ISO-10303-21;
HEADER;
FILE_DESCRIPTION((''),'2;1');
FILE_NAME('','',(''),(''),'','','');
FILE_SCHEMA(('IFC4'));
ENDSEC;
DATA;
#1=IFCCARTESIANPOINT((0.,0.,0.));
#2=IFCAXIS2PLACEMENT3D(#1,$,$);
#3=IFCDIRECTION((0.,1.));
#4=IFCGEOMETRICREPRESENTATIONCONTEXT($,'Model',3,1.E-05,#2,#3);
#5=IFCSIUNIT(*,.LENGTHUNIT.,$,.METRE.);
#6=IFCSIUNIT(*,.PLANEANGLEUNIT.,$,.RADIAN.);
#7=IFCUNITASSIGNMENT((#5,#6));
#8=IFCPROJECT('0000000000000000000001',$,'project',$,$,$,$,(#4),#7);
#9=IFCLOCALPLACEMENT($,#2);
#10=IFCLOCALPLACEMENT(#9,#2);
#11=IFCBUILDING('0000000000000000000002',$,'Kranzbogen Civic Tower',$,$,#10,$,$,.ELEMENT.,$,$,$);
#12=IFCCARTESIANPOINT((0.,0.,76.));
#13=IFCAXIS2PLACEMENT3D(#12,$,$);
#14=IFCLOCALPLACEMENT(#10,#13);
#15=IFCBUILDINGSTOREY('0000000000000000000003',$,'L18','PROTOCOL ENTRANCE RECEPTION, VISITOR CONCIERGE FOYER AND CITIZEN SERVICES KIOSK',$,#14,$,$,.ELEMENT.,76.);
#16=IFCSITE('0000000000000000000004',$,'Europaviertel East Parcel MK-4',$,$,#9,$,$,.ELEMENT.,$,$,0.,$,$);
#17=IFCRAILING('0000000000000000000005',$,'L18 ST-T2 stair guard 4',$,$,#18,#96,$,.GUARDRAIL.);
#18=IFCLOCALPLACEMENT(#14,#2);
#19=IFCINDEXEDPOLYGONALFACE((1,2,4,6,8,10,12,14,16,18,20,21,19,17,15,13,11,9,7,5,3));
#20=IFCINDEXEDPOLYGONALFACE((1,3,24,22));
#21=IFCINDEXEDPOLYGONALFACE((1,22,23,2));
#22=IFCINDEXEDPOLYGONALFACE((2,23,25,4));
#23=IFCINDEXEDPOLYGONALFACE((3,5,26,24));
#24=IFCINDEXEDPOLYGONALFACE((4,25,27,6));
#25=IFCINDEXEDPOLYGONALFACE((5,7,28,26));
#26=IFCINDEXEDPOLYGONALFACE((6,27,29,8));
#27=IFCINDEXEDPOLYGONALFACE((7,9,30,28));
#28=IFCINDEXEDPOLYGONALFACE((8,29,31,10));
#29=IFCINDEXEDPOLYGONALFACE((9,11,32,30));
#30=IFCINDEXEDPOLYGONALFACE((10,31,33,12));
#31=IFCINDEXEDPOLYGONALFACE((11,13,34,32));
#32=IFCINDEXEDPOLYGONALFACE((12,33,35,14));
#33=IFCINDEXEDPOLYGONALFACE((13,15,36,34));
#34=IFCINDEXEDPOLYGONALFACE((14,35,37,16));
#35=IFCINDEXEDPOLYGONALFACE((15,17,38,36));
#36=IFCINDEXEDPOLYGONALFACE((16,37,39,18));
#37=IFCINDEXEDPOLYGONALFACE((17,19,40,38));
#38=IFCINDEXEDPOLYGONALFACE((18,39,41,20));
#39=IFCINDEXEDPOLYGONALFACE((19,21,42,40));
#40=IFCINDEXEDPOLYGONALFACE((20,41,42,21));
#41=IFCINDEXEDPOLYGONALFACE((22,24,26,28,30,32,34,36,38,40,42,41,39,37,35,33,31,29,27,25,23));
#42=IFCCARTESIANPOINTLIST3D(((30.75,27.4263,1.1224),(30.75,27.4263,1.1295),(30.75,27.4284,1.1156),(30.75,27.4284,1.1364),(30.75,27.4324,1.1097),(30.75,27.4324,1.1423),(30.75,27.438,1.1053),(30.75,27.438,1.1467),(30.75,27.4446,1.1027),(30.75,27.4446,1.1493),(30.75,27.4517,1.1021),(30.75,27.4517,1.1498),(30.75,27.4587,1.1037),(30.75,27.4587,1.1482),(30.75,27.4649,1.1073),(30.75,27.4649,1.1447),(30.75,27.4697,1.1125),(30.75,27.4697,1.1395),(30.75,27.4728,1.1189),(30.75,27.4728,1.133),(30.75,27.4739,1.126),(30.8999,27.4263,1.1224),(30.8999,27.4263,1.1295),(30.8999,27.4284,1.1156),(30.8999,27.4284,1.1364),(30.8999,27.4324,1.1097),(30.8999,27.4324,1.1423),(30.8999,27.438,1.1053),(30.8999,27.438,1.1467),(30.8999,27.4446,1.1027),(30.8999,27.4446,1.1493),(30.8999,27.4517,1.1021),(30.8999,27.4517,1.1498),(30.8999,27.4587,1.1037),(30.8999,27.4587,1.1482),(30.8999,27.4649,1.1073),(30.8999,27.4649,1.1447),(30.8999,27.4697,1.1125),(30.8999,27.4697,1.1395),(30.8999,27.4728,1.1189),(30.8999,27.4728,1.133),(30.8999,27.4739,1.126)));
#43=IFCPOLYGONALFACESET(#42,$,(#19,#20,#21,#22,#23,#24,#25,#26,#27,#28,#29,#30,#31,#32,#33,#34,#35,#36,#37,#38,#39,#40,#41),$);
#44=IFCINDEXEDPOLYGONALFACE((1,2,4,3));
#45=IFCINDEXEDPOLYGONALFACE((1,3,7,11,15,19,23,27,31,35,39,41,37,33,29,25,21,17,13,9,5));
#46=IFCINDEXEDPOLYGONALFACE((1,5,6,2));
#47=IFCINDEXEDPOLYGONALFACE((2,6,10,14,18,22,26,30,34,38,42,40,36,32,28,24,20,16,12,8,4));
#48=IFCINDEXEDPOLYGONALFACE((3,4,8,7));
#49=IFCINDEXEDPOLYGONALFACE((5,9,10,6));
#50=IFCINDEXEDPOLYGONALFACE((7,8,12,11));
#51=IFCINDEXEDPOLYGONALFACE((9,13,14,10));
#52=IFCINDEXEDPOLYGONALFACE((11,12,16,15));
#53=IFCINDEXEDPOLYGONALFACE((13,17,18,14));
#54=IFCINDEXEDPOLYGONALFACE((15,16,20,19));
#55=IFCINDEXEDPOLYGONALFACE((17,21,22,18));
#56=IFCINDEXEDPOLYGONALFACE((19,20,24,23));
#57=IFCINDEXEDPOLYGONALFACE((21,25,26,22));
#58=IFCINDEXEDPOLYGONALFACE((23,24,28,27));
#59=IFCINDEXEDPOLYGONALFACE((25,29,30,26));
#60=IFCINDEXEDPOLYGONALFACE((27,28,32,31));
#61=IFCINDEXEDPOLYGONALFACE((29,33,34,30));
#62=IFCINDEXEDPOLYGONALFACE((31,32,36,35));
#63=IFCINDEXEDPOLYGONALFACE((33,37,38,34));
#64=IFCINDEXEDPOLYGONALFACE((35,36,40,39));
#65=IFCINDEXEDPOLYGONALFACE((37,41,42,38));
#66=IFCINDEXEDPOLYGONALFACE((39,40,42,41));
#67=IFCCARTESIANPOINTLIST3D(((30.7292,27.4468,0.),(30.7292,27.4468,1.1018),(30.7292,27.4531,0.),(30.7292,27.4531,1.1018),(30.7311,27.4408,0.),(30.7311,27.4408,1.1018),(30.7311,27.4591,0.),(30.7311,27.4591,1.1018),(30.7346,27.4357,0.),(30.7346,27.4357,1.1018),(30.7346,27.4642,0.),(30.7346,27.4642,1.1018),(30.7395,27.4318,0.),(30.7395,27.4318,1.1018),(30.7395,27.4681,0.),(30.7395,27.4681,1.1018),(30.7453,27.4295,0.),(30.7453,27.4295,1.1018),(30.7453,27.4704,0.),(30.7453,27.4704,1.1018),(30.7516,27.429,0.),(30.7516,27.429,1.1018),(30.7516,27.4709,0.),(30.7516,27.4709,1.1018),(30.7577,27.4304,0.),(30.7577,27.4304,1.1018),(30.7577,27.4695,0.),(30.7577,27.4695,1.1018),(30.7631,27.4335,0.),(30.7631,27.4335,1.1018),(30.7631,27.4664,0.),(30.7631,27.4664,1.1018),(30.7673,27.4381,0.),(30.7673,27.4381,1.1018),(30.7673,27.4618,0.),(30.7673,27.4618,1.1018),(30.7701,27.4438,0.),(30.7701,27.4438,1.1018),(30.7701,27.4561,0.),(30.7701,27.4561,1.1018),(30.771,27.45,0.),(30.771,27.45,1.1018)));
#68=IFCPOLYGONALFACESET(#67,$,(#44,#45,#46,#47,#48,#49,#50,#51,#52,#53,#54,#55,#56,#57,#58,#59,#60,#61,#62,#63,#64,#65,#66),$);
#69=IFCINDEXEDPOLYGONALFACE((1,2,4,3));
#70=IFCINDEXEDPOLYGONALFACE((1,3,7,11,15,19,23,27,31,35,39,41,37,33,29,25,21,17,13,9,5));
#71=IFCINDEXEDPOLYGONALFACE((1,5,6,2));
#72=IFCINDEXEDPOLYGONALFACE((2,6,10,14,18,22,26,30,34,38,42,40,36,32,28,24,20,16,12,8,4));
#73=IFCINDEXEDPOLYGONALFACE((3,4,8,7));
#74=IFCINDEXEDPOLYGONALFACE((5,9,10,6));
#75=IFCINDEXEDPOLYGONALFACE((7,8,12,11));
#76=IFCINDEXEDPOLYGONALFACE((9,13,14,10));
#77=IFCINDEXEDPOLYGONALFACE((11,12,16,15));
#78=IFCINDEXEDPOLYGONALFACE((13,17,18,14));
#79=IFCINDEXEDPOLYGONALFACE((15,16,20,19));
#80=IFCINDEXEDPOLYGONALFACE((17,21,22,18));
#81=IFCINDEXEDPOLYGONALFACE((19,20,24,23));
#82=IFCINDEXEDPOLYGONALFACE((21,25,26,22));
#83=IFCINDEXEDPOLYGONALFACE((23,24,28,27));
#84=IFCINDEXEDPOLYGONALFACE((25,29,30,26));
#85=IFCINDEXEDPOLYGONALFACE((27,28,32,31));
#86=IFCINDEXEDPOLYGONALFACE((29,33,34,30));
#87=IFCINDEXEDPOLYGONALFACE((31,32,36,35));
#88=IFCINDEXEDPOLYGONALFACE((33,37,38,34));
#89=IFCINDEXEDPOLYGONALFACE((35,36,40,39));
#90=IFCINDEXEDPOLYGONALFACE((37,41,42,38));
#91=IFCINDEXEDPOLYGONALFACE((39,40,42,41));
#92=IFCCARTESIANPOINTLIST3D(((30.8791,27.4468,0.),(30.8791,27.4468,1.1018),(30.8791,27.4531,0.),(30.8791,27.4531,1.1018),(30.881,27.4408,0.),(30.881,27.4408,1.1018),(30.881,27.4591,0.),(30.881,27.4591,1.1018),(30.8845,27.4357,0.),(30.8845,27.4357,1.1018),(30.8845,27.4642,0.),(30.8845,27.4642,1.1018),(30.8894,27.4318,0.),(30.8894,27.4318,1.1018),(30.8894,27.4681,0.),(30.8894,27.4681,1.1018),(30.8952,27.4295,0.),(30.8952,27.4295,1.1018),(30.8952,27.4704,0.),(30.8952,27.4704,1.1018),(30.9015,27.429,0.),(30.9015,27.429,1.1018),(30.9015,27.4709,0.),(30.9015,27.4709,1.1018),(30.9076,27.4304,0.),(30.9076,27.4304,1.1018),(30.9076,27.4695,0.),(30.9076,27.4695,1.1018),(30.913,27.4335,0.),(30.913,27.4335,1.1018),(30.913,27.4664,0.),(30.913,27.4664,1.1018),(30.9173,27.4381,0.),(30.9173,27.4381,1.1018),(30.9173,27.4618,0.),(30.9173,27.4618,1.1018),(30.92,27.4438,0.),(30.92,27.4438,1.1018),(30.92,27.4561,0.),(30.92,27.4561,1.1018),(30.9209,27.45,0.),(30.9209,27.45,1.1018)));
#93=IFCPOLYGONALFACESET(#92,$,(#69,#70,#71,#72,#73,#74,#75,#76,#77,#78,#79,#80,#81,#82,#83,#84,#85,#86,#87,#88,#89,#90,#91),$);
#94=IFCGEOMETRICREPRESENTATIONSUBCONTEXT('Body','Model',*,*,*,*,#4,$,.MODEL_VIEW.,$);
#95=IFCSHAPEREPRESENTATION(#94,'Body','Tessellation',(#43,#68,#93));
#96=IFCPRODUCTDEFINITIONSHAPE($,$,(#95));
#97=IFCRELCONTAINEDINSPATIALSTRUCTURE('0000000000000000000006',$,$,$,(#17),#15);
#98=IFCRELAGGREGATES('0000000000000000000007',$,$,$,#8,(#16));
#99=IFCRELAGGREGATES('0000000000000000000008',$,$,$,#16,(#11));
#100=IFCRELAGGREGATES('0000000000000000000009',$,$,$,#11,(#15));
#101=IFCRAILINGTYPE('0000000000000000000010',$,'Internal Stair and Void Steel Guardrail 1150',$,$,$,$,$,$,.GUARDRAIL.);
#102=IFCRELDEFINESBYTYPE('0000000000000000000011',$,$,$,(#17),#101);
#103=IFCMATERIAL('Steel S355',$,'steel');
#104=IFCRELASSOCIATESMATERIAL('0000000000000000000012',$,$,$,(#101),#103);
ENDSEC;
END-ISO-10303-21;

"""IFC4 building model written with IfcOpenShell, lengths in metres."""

from ifc_helpers import new_model, si_unit, direction, frame, origin, origin_2d, place, context, subcontext, project, spatial, circle, extrude, material, type_object, element, save


model = new_model("IFC4")

# Units and contexts
model_context = context("Model", 3, precision=1e-05, world=origin(), true_north=direction((0.0, 1.0)))
body_context = subcontext(model_context, "Body", "Model", "MODEL_VIEW")
ifc_project = project(units=[si_unit("LENGTHUNIT", "METRE"), si_unit("PLANEANGLEUNIT", "RADIAN")], contexts=[model_context])

# Site, building, storey
site_placement = place(None, origin())
site = spatial("IfcSite", under=ifc_project, at=site_placement, Name="Europaviertel East Parcel MK-4", CompositionType="ELEMENT", RefElevation=0.0)
building_placement = place(site_placement, origin())
building = spatial("IfcBuilding", under=site, at=building_placement, Name="Kranzbogen Civic Tower", CompositionType="ELEMENT")
storey_placement = place(building_placement, frame((0.0, 0.0, 76.0)))
storey = spatial("IfcBuildingStorey", under=building, at=storey_placement, Name="L18", Description="PROTOCOL ENTRANCE RECEPTION, VISITOR CONCIERGE FOYER AND CITIZEN SERVICES KIOSK", CompositionType="ELEMENT", Elevation=76.0)

# Shared definitions
ifc_material_1 = material(Name="Steel S355", Category="steel")

# Railing
railing_type_1 = type_object("IfcRailingType", Name="Internal Stair and Void Steel Guardrail 1150", PredefinedType="GUARDRAIL", material=ifc_material_1)
railing_1_placement = place(storey_placement, frame((30.75, 27.45, 0.0)))
element("IfcRailing", 1, at=railing_1_placement, inside=storey, type_object=railing_type_1, Name="L18 ST-T2 stair guard 4", PredefinedType="GUARDRAIL", context=body_context, shape_type="SweptSolid", body=[
    extrude(circle(Radius=0.0239, at=origin_2d()), frame((0.0, 0.0, 1.126), z_axis=(1.0, 0.0, 0.0), x_axis=(0.0, 1.0, 0.0)), (0.0, 0.0, 1.0), 0.1499),
    extrude(circle(Radius=0.021, at=origin_2d()), origin(), (0.0, 0.0, 1.0), 1.1018),
    extrude(circle(Radius=0.021, at=origin_2d()), frame((0.1499, 0.0, 0.0)), (0.0, 0.0, 1.0), 1.1018),
])

save(model, "model.ifc")
